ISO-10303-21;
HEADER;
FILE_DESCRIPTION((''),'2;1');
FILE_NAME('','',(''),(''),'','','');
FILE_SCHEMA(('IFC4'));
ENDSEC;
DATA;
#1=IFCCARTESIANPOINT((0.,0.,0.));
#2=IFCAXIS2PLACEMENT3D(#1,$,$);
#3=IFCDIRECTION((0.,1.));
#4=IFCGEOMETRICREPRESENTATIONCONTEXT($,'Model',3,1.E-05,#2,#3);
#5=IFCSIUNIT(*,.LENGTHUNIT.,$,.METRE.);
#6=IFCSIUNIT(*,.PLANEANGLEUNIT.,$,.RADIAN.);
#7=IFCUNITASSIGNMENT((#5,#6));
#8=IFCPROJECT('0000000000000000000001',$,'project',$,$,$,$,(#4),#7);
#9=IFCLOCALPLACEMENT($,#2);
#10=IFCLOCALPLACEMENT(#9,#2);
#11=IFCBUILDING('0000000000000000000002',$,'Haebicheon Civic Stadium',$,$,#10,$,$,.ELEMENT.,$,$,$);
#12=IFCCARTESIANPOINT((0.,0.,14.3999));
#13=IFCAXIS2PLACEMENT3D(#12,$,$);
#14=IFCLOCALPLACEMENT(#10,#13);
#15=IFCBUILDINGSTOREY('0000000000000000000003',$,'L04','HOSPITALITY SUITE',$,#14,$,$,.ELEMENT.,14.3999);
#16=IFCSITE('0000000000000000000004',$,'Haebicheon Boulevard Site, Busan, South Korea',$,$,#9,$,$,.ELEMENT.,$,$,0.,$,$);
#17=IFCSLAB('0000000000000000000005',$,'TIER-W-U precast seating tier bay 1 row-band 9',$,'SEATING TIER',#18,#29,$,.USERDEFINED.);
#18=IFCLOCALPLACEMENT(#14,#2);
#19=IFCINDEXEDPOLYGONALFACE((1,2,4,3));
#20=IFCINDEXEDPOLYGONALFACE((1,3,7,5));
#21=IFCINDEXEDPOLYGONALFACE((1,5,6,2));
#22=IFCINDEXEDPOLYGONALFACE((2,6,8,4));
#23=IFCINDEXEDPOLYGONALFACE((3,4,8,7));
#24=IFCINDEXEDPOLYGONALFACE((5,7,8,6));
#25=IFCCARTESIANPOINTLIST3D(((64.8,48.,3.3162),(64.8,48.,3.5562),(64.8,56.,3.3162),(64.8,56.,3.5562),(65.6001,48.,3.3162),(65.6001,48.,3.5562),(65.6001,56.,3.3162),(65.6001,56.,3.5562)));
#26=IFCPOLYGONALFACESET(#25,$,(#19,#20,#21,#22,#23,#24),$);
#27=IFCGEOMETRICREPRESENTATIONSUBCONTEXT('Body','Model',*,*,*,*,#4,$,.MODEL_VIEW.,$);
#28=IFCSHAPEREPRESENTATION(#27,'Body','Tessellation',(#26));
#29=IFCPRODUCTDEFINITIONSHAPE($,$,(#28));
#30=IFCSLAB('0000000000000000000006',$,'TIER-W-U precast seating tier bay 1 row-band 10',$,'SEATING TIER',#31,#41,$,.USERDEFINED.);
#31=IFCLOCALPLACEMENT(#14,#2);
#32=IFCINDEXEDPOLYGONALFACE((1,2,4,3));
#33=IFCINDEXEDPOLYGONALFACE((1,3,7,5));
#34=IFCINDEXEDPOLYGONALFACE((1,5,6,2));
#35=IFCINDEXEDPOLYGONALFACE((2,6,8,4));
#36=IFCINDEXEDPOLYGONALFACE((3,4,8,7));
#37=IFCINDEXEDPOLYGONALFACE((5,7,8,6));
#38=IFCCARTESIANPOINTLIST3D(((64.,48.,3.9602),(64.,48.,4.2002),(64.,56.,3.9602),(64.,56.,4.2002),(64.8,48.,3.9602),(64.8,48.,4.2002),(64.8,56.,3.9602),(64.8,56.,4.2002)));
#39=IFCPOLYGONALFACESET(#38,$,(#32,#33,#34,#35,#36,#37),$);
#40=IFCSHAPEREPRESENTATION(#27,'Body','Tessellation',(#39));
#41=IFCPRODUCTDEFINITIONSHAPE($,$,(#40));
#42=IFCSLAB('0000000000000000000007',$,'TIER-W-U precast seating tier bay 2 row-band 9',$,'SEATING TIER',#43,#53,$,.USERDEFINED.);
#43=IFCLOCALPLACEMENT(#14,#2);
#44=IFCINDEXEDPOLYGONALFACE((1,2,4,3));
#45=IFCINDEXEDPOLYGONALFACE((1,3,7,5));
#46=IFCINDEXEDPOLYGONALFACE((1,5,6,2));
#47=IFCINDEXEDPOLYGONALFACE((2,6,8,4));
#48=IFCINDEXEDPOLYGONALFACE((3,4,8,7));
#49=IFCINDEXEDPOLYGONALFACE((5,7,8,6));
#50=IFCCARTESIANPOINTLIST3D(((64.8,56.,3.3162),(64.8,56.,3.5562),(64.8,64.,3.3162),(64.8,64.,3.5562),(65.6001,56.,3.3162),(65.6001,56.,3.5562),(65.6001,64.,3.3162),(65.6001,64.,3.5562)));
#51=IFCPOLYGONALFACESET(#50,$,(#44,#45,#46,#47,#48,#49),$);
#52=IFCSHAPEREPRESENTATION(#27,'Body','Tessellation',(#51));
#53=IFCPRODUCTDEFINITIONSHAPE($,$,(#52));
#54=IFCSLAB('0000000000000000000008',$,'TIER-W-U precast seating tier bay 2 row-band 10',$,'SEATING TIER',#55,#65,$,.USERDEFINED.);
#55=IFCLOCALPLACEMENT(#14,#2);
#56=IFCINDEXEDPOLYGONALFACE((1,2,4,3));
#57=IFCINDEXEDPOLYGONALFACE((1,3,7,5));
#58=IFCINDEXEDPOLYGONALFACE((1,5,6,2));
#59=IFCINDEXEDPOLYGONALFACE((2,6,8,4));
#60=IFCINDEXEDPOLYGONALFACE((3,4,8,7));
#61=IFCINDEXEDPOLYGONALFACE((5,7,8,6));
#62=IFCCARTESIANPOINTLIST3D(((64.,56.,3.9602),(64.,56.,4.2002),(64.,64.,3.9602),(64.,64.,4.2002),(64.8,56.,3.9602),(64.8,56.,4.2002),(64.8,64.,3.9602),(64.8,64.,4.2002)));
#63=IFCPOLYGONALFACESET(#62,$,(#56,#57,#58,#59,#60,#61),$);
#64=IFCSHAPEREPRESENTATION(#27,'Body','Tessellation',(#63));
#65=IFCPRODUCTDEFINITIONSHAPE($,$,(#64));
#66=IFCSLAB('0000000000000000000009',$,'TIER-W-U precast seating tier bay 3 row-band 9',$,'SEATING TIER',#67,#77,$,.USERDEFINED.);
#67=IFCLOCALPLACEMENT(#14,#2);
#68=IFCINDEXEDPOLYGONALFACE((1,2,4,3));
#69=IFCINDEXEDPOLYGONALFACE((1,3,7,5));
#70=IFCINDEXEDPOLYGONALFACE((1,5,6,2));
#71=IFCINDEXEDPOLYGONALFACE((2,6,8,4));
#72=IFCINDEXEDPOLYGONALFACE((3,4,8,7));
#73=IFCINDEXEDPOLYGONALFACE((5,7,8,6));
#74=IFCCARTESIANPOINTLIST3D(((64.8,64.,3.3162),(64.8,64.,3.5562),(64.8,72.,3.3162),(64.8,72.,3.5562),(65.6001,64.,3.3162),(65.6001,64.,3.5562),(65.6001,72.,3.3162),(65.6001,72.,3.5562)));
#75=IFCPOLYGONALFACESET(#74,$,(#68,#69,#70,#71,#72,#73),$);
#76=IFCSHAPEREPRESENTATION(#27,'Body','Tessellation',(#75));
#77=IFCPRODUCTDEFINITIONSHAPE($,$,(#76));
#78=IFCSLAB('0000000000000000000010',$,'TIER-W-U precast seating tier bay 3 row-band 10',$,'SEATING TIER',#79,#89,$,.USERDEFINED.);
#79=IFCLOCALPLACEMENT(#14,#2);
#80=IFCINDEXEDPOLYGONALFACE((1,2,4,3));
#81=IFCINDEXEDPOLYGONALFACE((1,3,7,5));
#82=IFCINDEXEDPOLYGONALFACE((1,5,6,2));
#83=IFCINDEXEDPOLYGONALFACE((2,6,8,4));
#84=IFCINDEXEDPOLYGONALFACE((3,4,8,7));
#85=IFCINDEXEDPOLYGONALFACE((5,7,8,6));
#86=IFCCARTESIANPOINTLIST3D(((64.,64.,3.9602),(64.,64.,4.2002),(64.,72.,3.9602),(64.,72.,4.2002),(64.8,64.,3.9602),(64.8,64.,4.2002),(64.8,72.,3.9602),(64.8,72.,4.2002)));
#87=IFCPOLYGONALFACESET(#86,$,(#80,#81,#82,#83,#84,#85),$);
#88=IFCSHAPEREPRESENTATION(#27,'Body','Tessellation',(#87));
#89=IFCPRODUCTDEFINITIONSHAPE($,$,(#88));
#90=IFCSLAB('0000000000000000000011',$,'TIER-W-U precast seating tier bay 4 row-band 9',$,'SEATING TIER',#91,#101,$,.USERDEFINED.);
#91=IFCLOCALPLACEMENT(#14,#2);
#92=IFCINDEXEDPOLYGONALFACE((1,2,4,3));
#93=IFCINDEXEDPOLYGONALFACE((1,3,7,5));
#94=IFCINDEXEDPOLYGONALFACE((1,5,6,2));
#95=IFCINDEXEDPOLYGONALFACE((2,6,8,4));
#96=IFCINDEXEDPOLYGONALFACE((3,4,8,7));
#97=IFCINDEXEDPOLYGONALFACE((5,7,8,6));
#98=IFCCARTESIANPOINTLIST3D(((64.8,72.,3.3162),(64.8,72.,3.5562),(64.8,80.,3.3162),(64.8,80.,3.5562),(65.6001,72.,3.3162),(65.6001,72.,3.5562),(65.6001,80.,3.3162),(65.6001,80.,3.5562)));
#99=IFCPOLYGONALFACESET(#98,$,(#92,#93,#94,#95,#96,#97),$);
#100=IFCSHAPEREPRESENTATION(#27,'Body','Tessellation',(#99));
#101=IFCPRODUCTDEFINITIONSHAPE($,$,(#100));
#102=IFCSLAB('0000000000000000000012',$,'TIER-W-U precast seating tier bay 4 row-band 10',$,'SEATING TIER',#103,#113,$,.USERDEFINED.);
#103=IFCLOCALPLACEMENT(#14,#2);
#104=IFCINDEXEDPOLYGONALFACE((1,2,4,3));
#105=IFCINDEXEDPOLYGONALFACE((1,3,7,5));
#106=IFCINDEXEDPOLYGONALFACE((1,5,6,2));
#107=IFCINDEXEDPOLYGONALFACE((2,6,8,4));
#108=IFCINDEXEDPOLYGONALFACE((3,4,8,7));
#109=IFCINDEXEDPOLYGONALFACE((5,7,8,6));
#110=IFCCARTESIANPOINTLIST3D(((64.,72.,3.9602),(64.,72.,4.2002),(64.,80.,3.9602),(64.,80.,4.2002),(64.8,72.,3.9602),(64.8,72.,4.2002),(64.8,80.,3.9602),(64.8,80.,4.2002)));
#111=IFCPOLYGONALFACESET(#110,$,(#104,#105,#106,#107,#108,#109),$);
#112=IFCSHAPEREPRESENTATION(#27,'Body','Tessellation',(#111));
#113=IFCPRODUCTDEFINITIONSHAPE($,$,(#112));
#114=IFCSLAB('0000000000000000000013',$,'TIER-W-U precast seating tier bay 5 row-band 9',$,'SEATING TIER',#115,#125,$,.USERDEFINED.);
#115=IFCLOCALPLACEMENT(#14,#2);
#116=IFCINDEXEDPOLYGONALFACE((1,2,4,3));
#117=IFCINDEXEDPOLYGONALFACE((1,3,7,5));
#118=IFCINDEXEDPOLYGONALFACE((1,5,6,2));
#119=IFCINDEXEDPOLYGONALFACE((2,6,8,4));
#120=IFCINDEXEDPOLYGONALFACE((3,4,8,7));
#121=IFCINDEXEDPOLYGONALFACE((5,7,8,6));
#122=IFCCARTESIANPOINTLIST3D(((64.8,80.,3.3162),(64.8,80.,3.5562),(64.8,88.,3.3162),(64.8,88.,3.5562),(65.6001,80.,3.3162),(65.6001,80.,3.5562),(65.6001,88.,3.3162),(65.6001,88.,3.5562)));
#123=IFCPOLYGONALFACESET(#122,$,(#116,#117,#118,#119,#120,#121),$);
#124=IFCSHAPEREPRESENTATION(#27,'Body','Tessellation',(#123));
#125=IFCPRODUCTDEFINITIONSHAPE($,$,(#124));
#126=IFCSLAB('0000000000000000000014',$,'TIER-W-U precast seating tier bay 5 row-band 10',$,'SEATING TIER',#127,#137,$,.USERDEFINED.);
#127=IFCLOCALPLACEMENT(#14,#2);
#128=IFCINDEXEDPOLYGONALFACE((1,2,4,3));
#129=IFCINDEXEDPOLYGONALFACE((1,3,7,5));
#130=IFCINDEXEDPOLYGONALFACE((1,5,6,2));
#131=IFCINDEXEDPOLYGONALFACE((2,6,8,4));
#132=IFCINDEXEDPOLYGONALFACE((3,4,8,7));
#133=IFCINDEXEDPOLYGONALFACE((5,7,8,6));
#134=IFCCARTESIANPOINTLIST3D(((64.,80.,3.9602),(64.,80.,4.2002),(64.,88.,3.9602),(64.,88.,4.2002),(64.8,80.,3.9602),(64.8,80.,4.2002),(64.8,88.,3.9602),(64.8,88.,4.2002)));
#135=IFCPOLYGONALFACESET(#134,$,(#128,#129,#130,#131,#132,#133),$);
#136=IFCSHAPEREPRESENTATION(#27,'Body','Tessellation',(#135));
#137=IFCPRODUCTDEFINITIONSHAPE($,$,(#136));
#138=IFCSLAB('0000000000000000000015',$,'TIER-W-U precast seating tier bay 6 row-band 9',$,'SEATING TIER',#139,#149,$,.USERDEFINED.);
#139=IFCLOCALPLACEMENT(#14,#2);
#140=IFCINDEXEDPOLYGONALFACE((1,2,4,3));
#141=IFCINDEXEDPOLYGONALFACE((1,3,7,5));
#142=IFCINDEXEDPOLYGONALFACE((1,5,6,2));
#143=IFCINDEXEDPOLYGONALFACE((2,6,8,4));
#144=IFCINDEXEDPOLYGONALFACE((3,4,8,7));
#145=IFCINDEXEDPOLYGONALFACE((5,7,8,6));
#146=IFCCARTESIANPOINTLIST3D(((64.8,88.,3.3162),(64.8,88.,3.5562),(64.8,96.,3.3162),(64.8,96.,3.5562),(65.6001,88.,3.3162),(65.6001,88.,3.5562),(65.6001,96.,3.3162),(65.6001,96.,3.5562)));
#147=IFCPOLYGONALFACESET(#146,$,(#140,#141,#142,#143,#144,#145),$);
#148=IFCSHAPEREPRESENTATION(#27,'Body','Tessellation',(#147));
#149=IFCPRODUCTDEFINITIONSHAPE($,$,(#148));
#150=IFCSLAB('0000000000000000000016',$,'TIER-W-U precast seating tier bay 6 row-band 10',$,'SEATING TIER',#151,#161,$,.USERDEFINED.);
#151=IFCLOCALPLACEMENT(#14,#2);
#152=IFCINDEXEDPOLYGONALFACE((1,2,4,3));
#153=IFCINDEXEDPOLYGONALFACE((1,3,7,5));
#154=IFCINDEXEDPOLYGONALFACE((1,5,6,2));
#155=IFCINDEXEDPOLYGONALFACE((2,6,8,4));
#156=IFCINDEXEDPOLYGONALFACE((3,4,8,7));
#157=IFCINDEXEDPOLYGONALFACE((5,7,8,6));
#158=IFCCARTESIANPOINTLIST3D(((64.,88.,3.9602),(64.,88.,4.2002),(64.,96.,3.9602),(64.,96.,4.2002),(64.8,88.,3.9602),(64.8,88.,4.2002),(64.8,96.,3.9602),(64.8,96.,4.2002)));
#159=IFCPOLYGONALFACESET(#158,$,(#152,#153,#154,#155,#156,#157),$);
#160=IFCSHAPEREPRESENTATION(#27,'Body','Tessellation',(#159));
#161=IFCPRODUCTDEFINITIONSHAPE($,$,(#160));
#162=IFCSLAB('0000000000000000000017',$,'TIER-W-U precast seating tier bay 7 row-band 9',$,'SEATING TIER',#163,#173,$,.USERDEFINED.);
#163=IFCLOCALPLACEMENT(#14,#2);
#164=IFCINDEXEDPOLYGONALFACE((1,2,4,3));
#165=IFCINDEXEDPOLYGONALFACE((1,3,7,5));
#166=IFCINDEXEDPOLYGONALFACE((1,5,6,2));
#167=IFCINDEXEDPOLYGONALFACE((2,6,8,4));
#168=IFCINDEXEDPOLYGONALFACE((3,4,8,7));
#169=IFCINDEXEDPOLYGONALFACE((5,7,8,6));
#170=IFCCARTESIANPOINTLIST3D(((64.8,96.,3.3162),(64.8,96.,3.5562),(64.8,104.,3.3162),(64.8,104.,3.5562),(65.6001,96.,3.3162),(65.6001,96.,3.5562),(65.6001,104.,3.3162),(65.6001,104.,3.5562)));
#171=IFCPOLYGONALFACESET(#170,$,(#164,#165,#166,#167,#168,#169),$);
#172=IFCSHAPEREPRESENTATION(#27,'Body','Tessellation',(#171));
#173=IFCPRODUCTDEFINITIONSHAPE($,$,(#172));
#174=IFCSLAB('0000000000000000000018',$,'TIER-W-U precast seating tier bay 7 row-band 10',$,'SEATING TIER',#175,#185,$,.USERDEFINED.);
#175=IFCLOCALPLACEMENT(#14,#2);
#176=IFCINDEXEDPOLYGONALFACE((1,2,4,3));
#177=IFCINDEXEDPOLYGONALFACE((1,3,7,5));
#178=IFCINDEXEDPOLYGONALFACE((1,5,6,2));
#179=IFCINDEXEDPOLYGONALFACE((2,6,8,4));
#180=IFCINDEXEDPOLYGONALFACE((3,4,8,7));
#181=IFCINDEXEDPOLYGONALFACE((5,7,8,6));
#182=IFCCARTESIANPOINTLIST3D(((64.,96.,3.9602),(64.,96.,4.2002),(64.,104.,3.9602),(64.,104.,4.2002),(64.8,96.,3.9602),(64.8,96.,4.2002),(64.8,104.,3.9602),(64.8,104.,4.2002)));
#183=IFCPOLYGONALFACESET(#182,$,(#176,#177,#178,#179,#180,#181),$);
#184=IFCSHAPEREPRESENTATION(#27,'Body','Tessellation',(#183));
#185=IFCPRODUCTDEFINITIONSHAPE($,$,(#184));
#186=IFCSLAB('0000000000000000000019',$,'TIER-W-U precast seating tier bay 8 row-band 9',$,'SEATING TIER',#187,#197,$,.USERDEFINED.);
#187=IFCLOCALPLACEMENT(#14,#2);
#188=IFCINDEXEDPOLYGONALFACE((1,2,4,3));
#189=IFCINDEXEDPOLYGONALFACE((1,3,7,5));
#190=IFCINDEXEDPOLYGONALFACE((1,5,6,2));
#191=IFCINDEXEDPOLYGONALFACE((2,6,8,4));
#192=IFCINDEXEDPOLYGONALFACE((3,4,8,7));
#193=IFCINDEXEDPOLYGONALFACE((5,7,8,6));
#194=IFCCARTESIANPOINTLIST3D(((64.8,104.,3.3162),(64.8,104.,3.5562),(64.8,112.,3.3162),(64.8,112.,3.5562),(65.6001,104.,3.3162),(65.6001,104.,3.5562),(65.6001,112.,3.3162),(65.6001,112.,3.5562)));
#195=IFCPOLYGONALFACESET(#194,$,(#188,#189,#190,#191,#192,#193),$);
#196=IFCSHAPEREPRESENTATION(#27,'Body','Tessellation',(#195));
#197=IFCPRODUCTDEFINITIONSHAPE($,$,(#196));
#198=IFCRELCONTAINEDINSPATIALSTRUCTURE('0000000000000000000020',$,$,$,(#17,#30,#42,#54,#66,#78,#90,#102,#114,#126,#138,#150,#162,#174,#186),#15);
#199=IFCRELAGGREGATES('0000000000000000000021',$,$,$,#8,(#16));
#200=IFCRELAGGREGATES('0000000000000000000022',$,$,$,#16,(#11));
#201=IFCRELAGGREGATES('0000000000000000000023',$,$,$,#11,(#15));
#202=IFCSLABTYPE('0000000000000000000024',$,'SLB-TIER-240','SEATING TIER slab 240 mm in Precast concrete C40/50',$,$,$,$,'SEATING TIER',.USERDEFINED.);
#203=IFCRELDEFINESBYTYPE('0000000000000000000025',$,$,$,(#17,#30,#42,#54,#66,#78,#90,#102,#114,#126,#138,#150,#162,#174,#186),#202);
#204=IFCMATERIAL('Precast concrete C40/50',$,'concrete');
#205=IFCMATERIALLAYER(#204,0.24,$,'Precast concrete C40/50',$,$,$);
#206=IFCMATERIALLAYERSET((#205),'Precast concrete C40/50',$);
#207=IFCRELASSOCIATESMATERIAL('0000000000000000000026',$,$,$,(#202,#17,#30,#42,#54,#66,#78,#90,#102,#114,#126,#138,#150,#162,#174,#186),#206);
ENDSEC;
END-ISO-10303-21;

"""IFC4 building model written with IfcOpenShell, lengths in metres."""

from ifc_helpers import new_model, si_unit, direction, frame, origin, place, context, subcontext, project, spatial, polyline, outline, extrude, material, layer, layer_set, type_object, element, save


model = new_model("IFC4")

# Units and contexts
model_context = context("Model", 3, precision=1e-05, world=origin(), true_north=direction((0.0, 1.0)))
body_context = subcontext(model_context, "Body", "Model", "MODEL_VIEW")
ifc_project = project(units=[si_unit("LENGTHUNIT", "METRE"), si_unit("PLANEANGLEUNIT", "RADIAN")], contexts=[model_context])

# Site, building, storey
site_placement = place(None, origin())
site = spatial("IfcSite", under=ifc_project, at=site_placement, Name="Haebicheon Boulevard Site, Busan, South Korea", CompositionType="ELEMENT", RefElevation=0.0)
building_placement = place(site_placement, origin())
building = spatial("IfcBuilding", under=site, at=building_placement, Name="Haebicheon Civic Stadium", CompositionType="ELEMENT")
storey_placement = place(building_placement, frame((0.0, 0.0, 14.3999)))
storey = spatial("IfcBuildingStorey", under=building, at=storey_placement, Name="L04", Description="HOSPITALITY SUITE", CompositionType="ELEMENT", Elevation=14.3999)

# Slabs
ifc_material = material(Name="Precast concrete C40/50", Category="concrete")
ifc_layer = layer(ifc_material, 0.24, Name="Precast concrete C40/50")
ifc_layer_set = layer_set([ifc_layer], Name="Precast concrete C40/50")
slab_type = type_object("IfcSlabType", Name="SLB-TIER-240", Description="SEATING TIER slab 240 mm in Precast concrete C40/50", ElementType="SEATING TIER", PredefinedType="USERDEFINED", material=ifc_layer_set)
slab_1_placement = place(storey_placement, frame((0.0, 0.0, 3.3162)))
element("IfcSlab", 1, at=slab_1_placement, inside=storey, type_object=slab_type, material=ifc_layer_set, Name="TIER-W-U precast seating tier bay 1 row-band 9", ObjectType="SEATING TIER", PredefinedType="USERDEFINED", context=body_context, shape_type="SweptSolid", body=[
    extrude(outline(polyline([(64.8, 48.0), (65.6001, 48.0), (65.6001, 56.0), (64.8, 56.0), (64.8, 48.0)])), origin(), (0.0, 0.0, 1.0), 0.24),
])
slab_2_placement = place(storey_placement, frame((0.0, 0.0, 3.9602)))
element("IfcSlab", 2, at=slab_2_placement, inside=storey, type_object=slab_type, material=ifc_layer_set, Name="TIER-W-U precast seating tier bay 1 row-band 10", ObjectType="SEATING TIER", PredefinedType="USERDEFINED", context=body_context, shape_type="SweptSolid", body=[
    extrude(outline(polyline([(64.0, 48.0), (64.8, 48.0), (64.8, 56.0), (64.0, 56.0), (64.0, 48.0)])), origin(), (0.0, 0.0, 1.0), 0.24),
])
slab_3_placement = place(storey_placement, frame((0.0, 0.0, 3.3162)))
element("IfcSlab", 3, at=slab_3_placement, inside=storey, type_object=slab_type, material=ifc_layer_set, Name="TIER-W-U precast seating tier bay 2 row-band 9", ObjectType="SEATING TIER", PredefinedType="USERDEFINED", context=body_context, shape_type="SweptSolid", body=[
    extrude(outline(polyline([(64.8, 56.0), (65.6001, 56.0), (65.6001, 64.0), (64.8, 64.0), (64.8, 56.0)])), origin(), (0.0, 0.0, 1.0), 0.24),
])
slab_4_placement = place(storey_placement, frame((0.0, 0.0, 3.9602)))
element("IfcSlab", 4, at=slab_4_placement, inside=storey, type_object=slab_type, material=ifc_layer_set, Name="TIER-W-U precast seating tier bay 2 row-band 10", ObjectType="SEATING TIER", PredefinedType="USERDEFINED", context=body_context, shape_type="SweptSolid", body=[
    extrude(outline(polyline([(64.0, 56.0), (64.8, 56.0), (64.8, 64.0), (64.0, 64.0), (64.0, 56.0)])), origin(), (0.0, 0.0, 1.0), 0.24),
])
slab_5_placement = place(storey_placement, frame((0.0, 0.0, 3.3162)))
element("IfcSlab", 5, at=slab_5_placement, inside=storey, type_object=slab_type, material=ifc_layer_set, Name="TIER-W-U precast seating tier bay 3 row-band 9", ObjectType="SEATING TIER", PredefinedType="USERDEFINED", context=body_context, shape_type="SweptSolid", body=[
    extrude(outline(polyline([(64.8, 64.0), (65.6001, 64.0), (65.6001, 72.0), (64.8, 72.0), (64.8, 64.0)])), origin(), (0.0, 0.0, 1.0), 0.24),
])
slab_6_placement = place(storey_placement, frame((0.0, 0.0, 3.9602)))
element("IfcSlab", 6, at=slab_6_placement, inside=storey, type_object=slab_type, material=ifc_layer_set, Name="TIER-W-U precast seating tier bay 3 row-band 10", ObjectType="SEATING TIER", PredefinedType="USERDEFINED", context=body_context, shape_type="SweptSolid", body=[
    extrude(outline(polyline([(64.0, 64.0), (64.8, 64.0), (64.8, 72.0), (64.0, 72.0), (64.0, 64.0)])), origin(), (0.0, 0.0, 1.0), 0.24),
])
slab_7_placement = place(storey_placement, frame((0.0, 0.0, 3.3162)))
element("IfcSlab", 7, at=slab_7_placement, inside=storey, type_object=slab_type, material=ifc_layer_set, Name="TIER-W-U precast seating tier bay 4 row-band 9", ObjectType="SEATING TIER", PredefinedType="USERDEFINED", context=body_context, shape_type="SweptSolid", body=[
    extrude(outline(polyline([(64.8, 72.0), (65.6001, 72.0), (65.6001, 80.0), (64.8, 80.0), (64.8, 72.0)])), origin(), (0.0, 0.0, 1.0), 0.24),
])
slab_8_placement = place(storey_placement, frame((0.0, 0.0, 3.9602)))
element("IfcSlab", 8, at=slab_8_placement, inside=storey, type_object=slab_type, material=ifc_layer_set, Name="TIER-W-U precast seating tier bay 4 row-band 10", ObjectType="SEATING TIER", PredefinedType="USERDEFINED", context=body_context, shape_type="SweptSolid", body=[
    extrude(outline(polyline([(64.0, 72.0), (64.8, 72.0), (64.8, 80.0), (64.0, 80.0), (64.0, 72.0)])), origin(), (0.0, 0.0, 1.0), 0.24),
])
slab_9_placement = place(storey_placement, frame((0.0, 0.0, 3.3162)))
element("IfcSlab", 9, at=slab_9_placement, inside=storey, type_object=slab_type, material=ifc_layer_set, Name="TIER-W-U precast seating tier bay 5 row-band 9", ObjectType="SEATING TIER", PredefinedType="USERDEFINED", context=body_context, shape_type="SweptSolid", body=[
    extrude(outline(polyline([(64.8, 80.0), (65.6001, 80.0), (65.6001, 88.0), (64.8, 88.0), (64.8, 80.0)])), origin(), (0.0, 0.0, 1.0), 0.24),
])
slab_10_placement = place(storey_placement, frame((0.0, 0.0, 3.9602)))
element("IfcSlab", 10, at=slab_10_placement, inside=storey, type_object=slab_type, material=ifc_layer_set, Name="TIER-W-U precast seating tier bay 5 row-band 10", ObjectType="SEATING TIER", PredefinedType="USERDEFINED", context=body_context, shape_type="SweptSolid", body=[
    extrude(outline(polyline([(64.0, 80.0), (64.8, 80.0), (64.8, 88.0), (64.0, 88.0), (64.0, 80.0)])), origin(), (0.0, 0.0, 1.0), 0.24),
])
slab_11_placement = place(storey_placement, frame((0.0, 0.0, 3.3162)))
element("IfcSlab", 11, at=slab_11_placement, inside=storey, type_object=slab_type, material=ifc_layer_set, Name="TIER-W-U precast seating tier bay 6 row-band 9", ObjectType="SEATING TIER", PredefinedType="USERDEFINED", context=body_context, shape_type="SweptSolid", body=[
    extrude(outline(polyline([(64.8, 88.0), (65.6001, 88.0), (65.6001, 96.0), (64.8, 96.0), (64.8, 88.0)])), origin(), (0.0, 0.0, 1.0), 0.24),
])
slab_12_placement = place(storey_placement, frame((0.0, 0.0, 3.9602)))
element("IfcSlab", 12, at=slab_12_placement, inside=storey, type_object=slab_type, material=ifc_layer_set, Name="TIER-W-U precast seating tier bay 6 row-band 10", ObjectType="SEATING TIER", PredefinedType="USERDEFINED", context=body_context, shape_type="SweptSolid", body=[
    extrude(outline(polyline([(64.0, 88.0), (64.8, 88.0), (64.8, 96.0), (64.0, 96.0), (64.0, 88.0)])), origin(), (0.0, 0.0, 1.0), 0.24),
])
slab_13_placement = place(storey_placement, frame((0.0, 0.0, 3.3162)))
element("IfcSlab", 13, at=slab_13_placement, inside=storey, type_object=slab_type, material=ifc_layer_set, Name="TIER-W-U precast seating tier bay 7 row-band 9", ObjectType="SEATING TIER", PredefinedType="USERDEFINED", context=body_context, shape_type="SweptSolid", body=[
    extrude(outline(polyline([(64.8, 96.0), (65.6001, 96.0), (65.6001, 104.0), (64.8, 104.0), (64.8, 96.0)])), origin(), (0.0, 0.0, 1.0), 0.24),
])
slab_14_placement = place(storey_placement, frame((0.0, 0.0, 3.9602)))
element("IfcSlab", 14, at=slab_14_placement, inside=storey, type_object=slab_type, material=ifc_layer_set, Name="TIER-W-U precast seating tier bay 7 row-band 10", ObjectType="SEATING TIER", PredefinedType="USERDEFINED", context=body_context, shape_type="SweptSolid", body=[
    extrude(outline(polyline([(64.0, 96.0), (64.8, 96.0), (64.8, 104.0), (64.0, 104.0), (64.0, 96.0)])), origin(), (0.0, 0.0, 1.0), 0.24),
])
slab_15_placement = place(storey_placement, frame((0.0, 0.0, 3.3162)))
element("IfcSlab", 15, at=slab_15_placement, inside=storey, type_object=slab_type, material=ifc_layer_set, Name="TIER-W-U precast seating tier bay 8 row-band 9", ObjectType="SEATING TIER", PredefinedType="USERDEFINED", context=body_context, shape_type="SweptSolid", body=[
    extrude(outline(polyline([(64.8, 104.0), (65.6001, 104.0), (65.6001, 112.0), (64.8, 112.0), (64.8, 104.0)])), origin(), (0.0, 0.0, 1.0), 0.24),
])

save(model, "model.ifc")
